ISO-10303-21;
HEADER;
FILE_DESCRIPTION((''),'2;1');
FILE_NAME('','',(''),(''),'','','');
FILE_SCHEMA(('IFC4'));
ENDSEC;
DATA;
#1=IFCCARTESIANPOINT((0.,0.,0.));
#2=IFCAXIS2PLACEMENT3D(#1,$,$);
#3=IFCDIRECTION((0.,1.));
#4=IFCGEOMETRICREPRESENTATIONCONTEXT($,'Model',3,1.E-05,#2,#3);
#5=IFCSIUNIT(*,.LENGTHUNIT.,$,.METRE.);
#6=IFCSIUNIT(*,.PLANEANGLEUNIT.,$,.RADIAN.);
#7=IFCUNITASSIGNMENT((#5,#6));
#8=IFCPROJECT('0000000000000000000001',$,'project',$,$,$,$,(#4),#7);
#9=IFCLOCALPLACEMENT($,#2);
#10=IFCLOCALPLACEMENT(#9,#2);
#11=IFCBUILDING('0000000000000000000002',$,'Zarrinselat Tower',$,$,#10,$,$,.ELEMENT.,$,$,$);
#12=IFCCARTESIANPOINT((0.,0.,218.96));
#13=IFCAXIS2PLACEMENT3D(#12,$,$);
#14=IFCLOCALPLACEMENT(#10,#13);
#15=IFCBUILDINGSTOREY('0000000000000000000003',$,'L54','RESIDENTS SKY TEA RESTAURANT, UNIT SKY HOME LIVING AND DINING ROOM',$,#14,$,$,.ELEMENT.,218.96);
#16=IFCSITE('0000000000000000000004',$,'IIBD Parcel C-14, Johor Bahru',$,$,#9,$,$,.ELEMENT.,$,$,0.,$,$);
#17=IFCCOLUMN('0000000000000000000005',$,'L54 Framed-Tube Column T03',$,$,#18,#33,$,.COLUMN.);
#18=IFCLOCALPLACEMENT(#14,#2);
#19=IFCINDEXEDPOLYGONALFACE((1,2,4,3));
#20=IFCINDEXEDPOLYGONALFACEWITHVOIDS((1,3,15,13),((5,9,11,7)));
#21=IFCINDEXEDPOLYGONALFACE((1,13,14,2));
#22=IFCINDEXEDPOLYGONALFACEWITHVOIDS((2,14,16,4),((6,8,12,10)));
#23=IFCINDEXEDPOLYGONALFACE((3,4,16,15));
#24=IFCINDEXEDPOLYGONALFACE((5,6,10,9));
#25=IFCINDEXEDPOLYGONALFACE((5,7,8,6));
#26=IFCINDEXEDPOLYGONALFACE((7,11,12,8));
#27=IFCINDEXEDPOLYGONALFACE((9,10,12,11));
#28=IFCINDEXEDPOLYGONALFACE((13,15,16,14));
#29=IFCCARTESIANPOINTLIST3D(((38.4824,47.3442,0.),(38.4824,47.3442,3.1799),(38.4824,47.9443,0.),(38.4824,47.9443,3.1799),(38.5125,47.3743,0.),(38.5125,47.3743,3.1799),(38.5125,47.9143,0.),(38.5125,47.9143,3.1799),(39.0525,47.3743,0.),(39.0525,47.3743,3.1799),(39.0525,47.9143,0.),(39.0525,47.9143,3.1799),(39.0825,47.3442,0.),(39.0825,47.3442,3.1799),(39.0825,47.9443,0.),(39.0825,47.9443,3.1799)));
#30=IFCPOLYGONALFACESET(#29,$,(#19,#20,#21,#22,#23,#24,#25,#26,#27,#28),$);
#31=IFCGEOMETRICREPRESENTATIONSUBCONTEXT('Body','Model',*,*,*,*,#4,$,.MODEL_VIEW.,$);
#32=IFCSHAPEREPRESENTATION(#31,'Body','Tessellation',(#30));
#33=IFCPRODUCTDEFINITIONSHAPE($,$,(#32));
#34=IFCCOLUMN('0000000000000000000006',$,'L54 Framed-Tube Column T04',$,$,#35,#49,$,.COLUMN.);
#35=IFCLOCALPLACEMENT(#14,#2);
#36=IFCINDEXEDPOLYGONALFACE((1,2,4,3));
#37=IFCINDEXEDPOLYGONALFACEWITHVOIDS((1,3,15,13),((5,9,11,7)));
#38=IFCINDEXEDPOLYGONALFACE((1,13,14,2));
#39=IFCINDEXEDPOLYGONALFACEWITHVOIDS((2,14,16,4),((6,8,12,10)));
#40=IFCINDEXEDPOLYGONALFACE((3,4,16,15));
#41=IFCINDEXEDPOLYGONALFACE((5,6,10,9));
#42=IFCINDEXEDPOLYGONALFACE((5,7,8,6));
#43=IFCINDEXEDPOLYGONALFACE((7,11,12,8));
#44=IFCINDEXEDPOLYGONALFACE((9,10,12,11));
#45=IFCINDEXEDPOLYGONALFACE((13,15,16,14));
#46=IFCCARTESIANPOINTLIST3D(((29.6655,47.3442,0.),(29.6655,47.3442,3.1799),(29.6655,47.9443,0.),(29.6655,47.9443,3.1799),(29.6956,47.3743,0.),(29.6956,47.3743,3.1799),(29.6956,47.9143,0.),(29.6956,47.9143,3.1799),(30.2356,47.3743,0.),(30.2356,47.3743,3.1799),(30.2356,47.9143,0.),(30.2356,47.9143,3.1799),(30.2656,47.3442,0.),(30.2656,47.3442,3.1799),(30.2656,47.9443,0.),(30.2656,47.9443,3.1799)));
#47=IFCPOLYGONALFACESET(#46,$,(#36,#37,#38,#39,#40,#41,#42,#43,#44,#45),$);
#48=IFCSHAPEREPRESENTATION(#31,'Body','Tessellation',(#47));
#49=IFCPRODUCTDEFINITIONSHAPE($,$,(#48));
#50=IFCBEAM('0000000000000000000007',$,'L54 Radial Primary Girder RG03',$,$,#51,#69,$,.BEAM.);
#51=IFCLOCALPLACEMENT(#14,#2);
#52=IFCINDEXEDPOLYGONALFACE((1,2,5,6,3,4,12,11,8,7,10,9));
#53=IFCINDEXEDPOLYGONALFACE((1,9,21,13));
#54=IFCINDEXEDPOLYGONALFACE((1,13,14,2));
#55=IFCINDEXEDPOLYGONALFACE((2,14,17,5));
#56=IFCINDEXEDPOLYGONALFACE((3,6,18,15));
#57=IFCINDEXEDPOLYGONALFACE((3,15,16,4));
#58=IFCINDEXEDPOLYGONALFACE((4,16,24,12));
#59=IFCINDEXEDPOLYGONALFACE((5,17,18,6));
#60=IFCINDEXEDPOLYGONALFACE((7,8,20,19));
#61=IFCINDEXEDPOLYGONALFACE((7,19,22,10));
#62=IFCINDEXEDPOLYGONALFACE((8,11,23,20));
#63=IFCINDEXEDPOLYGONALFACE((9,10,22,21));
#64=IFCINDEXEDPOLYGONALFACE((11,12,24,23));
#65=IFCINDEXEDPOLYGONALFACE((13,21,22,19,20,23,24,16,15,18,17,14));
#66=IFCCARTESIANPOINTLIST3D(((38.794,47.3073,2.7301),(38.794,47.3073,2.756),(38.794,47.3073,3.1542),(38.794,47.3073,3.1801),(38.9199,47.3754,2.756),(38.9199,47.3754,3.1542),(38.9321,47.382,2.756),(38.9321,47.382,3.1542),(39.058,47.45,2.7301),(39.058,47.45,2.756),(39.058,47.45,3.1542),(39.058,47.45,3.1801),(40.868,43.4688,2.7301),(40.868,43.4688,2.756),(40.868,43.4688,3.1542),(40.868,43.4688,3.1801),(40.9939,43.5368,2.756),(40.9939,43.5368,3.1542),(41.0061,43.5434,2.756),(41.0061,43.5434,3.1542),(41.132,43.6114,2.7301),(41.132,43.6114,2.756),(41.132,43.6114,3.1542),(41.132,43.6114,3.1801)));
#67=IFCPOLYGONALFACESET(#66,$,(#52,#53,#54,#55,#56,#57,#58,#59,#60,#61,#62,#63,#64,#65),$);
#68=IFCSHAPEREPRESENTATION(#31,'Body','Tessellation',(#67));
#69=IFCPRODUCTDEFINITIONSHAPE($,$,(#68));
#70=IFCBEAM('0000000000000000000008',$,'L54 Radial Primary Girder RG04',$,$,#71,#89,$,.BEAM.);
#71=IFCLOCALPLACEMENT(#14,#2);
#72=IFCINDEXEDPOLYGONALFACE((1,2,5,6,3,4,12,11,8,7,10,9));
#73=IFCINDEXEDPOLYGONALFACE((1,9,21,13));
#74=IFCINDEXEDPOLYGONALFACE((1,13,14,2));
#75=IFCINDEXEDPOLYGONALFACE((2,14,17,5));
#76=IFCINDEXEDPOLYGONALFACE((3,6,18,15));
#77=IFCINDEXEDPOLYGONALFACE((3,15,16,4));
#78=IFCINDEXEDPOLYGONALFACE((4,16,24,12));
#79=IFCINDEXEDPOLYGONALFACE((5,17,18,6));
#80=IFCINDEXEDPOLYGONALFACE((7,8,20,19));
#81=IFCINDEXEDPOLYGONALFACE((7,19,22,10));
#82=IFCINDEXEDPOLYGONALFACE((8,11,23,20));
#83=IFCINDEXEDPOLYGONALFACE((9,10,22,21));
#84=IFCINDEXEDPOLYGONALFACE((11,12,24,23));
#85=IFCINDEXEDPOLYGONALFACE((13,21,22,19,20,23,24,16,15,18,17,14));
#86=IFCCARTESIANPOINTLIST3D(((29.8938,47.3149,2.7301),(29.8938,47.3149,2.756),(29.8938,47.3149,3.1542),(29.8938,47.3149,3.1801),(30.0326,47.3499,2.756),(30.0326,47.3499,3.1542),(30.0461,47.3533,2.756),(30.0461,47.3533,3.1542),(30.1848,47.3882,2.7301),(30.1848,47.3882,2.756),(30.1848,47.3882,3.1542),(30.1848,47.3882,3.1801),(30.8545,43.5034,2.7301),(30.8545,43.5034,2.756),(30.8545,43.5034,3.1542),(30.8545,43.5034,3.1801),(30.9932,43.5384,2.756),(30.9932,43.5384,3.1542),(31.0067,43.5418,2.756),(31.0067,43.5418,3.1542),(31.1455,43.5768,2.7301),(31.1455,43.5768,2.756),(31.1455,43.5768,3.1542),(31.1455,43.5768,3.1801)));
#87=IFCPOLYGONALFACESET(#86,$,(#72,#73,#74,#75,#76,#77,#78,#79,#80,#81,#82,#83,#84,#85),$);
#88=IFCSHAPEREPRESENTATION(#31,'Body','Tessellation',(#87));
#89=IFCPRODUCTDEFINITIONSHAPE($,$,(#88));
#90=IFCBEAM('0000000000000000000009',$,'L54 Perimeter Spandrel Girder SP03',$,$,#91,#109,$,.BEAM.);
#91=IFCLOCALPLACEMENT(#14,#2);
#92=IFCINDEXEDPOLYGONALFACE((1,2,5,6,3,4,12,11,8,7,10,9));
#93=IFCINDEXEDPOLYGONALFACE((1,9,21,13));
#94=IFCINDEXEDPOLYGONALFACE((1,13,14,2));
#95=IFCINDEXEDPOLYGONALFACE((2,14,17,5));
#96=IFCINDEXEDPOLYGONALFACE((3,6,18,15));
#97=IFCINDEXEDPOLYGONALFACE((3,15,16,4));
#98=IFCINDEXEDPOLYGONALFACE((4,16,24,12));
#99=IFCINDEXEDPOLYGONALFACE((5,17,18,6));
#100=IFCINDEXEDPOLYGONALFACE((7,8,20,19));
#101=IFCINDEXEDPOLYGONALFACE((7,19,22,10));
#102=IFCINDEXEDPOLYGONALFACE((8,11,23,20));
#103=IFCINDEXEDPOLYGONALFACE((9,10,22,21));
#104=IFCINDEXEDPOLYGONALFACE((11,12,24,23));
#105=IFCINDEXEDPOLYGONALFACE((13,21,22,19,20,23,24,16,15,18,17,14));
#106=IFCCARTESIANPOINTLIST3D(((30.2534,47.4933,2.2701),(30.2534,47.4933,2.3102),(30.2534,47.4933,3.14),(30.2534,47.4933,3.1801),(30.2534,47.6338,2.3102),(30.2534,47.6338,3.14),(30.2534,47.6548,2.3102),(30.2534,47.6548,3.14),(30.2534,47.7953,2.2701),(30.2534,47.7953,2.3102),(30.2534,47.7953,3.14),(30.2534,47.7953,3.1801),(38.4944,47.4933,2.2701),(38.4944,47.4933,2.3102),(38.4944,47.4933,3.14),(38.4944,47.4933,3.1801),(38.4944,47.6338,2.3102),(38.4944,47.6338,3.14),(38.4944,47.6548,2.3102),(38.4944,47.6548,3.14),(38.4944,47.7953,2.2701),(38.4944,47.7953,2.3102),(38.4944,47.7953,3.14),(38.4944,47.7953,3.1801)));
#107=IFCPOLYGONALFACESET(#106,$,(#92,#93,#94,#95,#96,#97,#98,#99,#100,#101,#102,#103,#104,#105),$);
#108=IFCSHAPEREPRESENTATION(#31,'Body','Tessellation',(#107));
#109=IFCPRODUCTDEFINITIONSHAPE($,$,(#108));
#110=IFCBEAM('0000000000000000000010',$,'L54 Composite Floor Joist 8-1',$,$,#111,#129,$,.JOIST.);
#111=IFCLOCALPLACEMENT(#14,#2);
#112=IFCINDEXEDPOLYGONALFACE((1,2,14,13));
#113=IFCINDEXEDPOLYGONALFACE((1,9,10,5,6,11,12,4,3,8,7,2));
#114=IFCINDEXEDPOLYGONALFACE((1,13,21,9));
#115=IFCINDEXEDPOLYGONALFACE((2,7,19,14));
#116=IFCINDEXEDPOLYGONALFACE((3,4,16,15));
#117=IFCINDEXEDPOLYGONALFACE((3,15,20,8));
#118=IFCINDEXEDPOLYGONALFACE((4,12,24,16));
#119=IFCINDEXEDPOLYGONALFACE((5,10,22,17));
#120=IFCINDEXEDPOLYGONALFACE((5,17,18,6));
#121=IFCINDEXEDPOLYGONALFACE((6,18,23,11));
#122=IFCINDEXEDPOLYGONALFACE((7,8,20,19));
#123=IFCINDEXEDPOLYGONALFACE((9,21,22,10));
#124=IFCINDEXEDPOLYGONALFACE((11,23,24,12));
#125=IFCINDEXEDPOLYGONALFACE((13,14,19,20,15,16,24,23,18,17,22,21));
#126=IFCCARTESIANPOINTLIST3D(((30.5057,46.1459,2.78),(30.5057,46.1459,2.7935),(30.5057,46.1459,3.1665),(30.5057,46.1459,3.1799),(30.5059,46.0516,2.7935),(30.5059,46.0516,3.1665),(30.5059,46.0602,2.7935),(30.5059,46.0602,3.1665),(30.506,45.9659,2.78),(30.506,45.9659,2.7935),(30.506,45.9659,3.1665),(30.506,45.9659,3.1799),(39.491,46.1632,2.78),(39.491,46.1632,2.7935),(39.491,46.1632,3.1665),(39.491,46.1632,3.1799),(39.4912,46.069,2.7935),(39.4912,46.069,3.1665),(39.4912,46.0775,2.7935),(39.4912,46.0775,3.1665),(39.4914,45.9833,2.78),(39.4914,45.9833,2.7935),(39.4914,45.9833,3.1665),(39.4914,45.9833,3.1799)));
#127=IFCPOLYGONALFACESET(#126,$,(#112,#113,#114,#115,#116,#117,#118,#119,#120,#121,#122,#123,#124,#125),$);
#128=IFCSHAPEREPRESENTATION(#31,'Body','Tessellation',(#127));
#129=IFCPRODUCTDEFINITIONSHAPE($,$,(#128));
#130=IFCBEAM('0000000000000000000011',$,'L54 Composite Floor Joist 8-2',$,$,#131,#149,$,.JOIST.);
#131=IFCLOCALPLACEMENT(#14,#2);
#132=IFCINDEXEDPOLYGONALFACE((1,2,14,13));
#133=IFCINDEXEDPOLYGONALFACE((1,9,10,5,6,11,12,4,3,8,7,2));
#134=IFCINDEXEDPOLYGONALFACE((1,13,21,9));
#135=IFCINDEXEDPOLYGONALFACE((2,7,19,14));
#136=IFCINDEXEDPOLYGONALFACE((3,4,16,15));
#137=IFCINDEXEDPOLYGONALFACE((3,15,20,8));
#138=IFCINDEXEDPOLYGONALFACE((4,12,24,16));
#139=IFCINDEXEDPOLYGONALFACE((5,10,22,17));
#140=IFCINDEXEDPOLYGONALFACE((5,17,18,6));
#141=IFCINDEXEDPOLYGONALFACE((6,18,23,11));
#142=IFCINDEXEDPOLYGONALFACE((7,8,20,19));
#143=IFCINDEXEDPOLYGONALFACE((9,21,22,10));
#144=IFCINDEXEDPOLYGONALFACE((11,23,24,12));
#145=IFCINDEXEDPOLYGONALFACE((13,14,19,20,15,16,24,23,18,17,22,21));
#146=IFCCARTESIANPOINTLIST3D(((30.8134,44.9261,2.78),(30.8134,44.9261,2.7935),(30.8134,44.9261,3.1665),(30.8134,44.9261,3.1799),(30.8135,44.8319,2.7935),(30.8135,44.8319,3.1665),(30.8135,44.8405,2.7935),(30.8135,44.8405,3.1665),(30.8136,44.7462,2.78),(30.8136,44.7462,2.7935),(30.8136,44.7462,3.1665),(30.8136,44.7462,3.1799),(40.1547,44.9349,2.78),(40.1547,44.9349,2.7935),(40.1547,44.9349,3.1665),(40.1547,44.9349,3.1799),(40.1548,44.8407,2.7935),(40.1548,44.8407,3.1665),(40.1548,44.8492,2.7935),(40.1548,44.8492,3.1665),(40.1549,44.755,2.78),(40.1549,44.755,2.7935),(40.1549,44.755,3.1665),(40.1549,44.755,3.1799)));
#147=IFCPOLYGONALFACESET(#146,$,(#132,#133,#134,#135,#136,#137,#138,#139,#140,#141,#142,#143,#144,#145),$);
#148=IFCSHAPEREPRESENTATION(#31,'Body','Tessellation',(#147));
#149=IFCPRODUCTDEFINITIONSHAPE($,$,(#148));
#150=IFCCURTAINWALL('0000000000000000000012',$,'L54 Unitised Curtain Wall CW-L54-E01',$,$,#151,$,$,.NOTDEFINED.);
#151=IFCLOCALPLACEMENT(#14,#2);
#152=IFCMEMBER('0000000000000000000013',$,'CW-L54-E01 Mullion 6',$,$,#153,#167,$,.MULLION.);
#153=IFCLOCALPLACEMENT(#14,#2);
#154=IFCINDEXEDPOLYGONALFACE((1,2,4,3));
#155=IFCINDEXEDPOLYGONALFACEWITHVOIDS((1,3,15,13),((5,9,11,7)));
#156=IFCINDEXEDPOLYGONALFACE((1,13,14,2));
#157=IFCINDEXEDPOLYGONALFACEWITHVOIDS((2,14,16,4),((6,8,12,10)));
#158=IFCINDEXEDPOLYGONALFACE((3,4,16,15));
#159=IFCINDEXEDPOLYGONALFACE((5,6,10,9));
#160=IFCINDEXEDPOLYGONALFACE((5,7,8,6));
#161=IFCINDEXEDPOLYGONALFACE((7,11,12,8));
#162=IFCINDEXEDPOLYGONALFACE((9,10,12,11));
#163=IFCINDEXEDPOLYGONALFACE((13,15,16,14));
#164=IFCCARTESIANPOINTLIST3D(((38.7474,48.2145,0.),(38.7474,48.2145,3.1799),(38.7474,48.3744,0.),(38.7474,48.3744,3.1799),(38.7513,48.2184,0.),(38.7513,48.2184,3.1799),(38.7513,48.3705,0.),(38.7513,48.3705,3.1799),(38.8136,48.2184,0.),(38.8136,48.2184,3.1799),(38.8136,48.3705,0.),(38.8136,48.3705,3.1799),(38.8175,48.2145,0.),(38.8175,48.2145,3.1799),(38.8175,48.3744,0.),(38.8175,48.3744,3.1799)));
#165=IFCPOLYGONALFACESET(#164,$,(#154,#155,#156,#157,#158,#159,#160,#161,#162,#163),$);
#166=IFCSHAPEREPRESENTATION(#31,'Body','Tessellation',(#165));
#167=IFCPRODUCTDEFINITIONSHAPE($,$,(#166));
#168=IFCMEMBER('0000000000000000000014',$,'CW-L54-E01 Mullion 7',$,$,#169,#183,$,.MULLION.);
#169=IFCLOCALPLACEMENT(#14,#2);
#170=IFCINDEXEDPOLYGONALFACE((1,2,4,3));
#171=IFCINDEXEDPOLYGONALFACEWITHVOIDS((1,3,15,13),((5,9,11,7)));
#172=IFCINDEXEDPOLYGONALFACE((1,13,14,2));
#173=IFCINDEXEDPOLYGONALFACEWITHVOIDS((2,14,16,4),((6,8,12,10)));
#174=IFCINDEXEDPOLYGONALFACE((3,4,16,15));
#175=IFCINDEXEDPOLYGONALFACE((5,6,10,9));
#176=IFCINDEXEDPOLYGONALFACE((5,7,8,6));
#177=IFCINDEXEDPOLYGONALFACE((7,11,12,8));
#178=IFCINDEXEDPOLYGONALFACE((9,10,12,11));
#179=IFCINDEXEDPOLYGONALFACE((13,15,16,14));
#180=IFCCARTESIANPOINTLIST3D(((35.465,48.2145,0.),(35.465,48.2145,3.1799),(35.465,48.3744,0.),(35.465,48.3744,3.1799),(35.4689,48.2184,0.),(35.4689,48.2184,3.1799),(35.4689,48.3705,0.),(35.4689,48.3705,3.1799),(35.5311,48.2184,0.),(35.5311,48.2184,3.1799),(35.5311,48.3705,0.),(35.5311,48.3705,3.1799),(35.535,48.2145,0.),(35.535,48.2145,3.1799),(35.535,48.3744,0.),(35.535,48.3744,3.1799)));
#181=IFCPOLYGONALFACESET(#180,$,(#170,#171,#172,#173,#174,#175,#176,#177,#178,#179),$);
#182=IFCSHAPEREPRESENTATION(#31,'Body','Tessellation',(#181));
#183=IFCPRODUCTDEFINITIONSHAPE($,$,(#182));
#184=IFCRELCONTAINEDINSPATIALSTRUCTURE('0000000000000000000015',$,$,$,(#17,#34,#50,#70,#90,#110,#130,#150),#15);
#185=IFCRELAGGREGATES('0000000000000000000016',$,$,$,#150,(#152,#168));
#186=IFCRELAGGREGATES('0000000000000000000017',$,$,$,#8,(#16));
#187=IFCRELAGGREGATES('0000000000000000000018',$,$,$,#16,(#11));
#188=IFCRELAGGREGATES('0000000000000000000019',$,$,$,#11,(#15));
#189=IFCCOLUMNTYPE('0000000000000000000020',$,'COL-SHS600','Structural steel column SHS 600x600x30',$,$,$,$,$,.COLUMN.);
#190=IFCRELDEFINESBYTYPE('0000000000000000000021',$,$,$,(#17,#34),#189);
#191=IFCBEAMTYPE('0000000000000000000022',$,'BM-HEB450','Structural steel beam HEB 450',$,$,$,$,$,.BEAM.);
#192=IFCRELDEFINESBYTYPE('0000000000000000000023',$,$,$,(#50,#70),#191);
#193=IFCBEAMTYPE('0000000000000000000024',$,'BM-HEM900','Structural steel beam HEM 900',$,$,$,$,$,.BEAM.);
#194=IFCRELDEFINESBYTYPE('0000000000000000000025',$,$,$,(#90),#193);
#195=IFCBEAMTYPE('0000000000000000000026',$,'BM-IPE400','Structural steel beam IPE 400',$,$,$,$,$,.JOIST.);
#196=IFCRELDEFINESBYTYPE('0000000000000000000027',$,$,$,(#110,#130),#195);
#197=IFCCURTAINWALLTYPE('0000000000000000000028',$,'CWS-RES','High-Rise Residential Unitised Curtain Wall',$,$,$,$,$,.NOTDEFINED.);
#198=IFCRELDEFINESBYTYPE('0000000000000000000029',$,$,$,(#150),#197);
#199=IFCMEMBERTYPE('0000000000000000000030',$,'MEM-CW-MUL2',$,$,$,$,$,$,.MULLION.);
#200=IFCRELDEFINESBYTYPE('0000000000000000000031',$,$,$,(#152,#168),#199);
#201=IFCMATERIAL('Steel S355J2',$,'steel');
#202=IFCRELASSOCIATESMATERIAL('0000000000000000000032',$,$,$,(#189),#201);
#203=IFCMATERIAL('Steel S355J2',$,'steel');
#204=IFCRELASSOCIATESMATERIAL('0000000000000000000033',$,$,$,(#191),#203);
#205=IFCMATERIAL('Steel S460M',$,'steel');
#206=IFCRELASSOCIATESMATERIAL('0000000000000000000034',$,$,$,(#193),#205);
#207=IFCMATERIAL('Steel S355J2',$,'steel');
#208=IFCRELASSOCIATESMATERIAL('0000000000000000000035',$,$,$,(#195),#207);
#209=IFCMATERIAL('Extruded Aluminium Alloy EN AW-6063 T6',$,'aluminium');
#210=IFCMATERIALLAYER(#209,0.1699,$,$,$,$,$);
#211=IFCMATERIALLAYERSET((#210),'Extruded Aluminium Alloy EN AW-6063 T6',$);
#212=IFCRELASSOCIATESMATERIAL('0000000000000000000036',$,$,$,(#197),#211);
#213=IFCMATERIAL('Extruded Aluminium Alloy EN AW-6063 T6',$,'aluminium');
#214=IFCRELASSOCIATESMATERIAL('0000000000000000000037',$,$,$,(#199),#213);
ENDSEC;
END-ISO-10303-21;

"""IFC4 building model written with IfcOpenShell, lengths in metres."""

from ifc_helpers import new_model, si_unit, direction, frame, origin, origin_2d, place, context, subcontext, project, spatial, hollow_rectangle, i_section, extrude, material, layer, layer_set, material_profile, profile_set, type_object, element, aggregate, save


model = new_model("IFC4")

# Units and contexts
model_context = context("Model", 3, precision=1e-05, world=origin(), true_north=direction((0.0, 1.0)))
body_context = subcontext(model_context, "Body", "Model", "MODEL_VIEW")
ifc_project = project(units=[si_unit("LENGTHUNIT", "METRE"), si_unit("PLANEANGLEUNIT", "RADIAN")], contexts=[model_context])

# Site, building, storey
site_placement = place(None, origin())
site = spatial("IfcSite", under=ifc_project, at=site_placement, Name="IIBD Parcel C-14, Johor Bahru", CompositionType="ELEMENT", RefElevation=0.0)
building_placement = place(site_placement, origin())
building = spatial("IfcBuilding", under=site, at=building_placement, Name="Zarrinselat Tower", CompositionType="ELEMENT")
storey_placement = place(building_placement, frame((0.0, 0.0, 218.96)))
storey = spatial("IfcBuildingStorey", under=building, at=storey_placement, Name="L54", Description="RESIDENTS SKY TEA RESTAURANT, UNIT SKY HOME LIVING AND DINING ROOM", CompositionType="ELEMENT", Elevation=218.96)

# Columns
ifc_material_1 = material(Name="Steel S355J2", Category="steel")
ifc_material_profile_1 = material_profile(ifc_material_1, hollow_rectangle(XDim=0.6001, YDim=0.6001, WallThickness=0.03, at=origin_2d()), Name="SHS 600x600x30")
ifc_profile_set_1 = profile_set([ifc_material_profile_1], Name="Steel S355J2")
column_type = type_object("IfcColumnType", Name="COL-SHS600", Description="Structural steel column SHS 600x600x30", PredefinedType="COLUMN", material=ifc_profile_set_1)
for number, where, z_axis, x_axis, name in (
    (1, (38.7825, 47.6443, 0.0), (0.0, 0.0, 1.0), (1.0, 0.0, 0.0), "L54 Framed-Tube Column T03"),
    (2, (29.9656, 47.6443, 0.0), (0.0, 0.0, 1.0), (1.0, 0.0, 0.0), "L54 Framed-Tube Column T04"),
):
    element("IfcColumn", number, at=place(storey_placement, frame(where, z_axis=z_axis, x_axis=x_axis)), inside=storey, type_object=column_type, Name=name, PredefinedType="COLUMN", context=body_context, shape_type="SweptSolid", body=[
        extrude(hollow_rectangle(XDim=0.6001, YDim=0.6001, WallThickness=0.03, at=origin_2d()), origin(), (0.0, 0.0, 1.0), 3.1799),
    ])

# Beams
ifc_material_2 = material(Name="Steel S355J2", Category="steel")
ifc_material_profile_2 = material_profile(ifc_material_2, i_section(OverallWidth=0.3, OverallDepth=0.45, WebThickness=0.0139, FlangeThickness=0.0259, at=origin_2d()), Name="HEB 450")
ifc_profile_set_2 = profile_set([ifc_material_profile_2], Name="Steel S355J2")
beam_type_1 = type_object("IfcBeamType", Name="BM-HEB450", Description="Structural steel beam HEB 450", PredefinedType="BEAM", material=ifc_profile_set_2)
beam_1_placement = place(storey_placement, frame((38.926, 47.3787, 2.9551), z_axis=(0.475347, -0.879798, 0.0), x_axis=(0.879798, 0.475347, 0.0)))
element("IfcBeam", 3, at=beam_1_placement, inside=storey, type_object=beam_type_1, Name="L54 Radial Primary Girder RG03", PredefinedType="BEAM", context=body_context, shape_type="SweptSolid", body=[
    extrude(i_section(OverallWidth=0.3, OverallDepth=0.45, WebThickness=0.0139, FlangeThickness=0.0259, at=origin_2d()), origin(), (0.0, 0.0, 1.0), 4.363),
])
beam_2_placement = place(storey_placement, frame((30.0393, 47.3516, 2.9551), z_axis=(0.244406, -0.969673, 0.0), x_axis=(0.969673, 0.244406, 0.0)))
element("IfcBeam", 4, at=beam_2_placement, inside=storey, type_object=beam_type_1, Name="L54 Radial Primary Girder RG04", PredefinedType="BEAM", context=body_context, shape_type="SweptSolid", body=[
    extrude(i_section(OverallWidth=0.3, OverallDepth=0.45, WebThickness=0.0139, FlangeThickness=0.0259, at=origin_2d()), origin(), (0.0, 0.0, 1.0), 3.9307),
])
ifc_material_3 = material(Name="Steel S460M", Category="steel")
ifc_material_profile_3 = material_profile(ifc_material_3, i_section(OverallWidth=0.302, OverallDepth=0.9099, WebThickness=0.021, FlangeThickness=0.04, at=origin_2d()), Name="HEM 900")
ifc_profile_set_3 = profile_set([ifc_material_profile_3], Name="Steel S460M")
beam_type_2 = type_object("IfcBeamType", Name="BM-HEM900", Description="Structural steel beam HEM 900", PredefinedType="BEAM", material=ifc_profile_set_3)
beam_3_placement = place(storey_placement, frame((30.2534, 47.6443, 2.7251), z_axis=(1.0, 0.0, 0.0), x_axis=(0.0, 1.0, 0.0)))
element("IfcBeam", 5, at=beam_3_placement, inside=storey, type_object=beam_type_2, Name="L54 Perimeter Spandrel Girder SP03", PredefinedType="BEAM", context=body_context, shape_type="SweptSolid", body=[
    extrude(i_section(OverallWidth=0.302, OverallDepth=0.9099, WebThickness=0.021, FlangeThickness=0.04, at=origin_2d()), origin(), (0.0, 0.0, 1.0), 8.241),
])
ifc_material_4 = material(Name="Steel S355J2", Category="steel")
ifc_material_profile_4 = material_profile(ifc_material_4, i_section(OverallWidth=0.1799, OverallDepth=0.3999, WebThickness=0.0085, FlangeThickness=0.0134, at=origin_2d()), Name="IPE 400")
ifc_profile_set_4 = profile_set([ifc_material_profile_4], Name="Steel S355J2")
beam_type_3 = type_object("IfcBeamType", Name="BM-IPE400", Description="Structural steel beam IPE 400", PredefinedType="JOIST", material=ifc_profile_set_4)
beam_4_placement = place(storey_placement, frame((30.5059, 46.0559, 2.98), z_axis=(0.999998, 0.001929, 0.0), x_axis=(-0.001929, 0.999998, 0.0)))
element("IfcBeam", 6, at=beam_4_placement, inside=storey, type_object=beam_type_3, Name="L54 Composite Floor Joist 8-1", PredefinedType="JOIST", context=body_context, shape_type="SweptSolid", body=[
    extrude(i_section(OverallWidth=0.1799, OverallDepth=0.3999, WebThickness=0.0085, FlangeThickness=0.0134, at=origin_2d()), origin(), (0.0, 0.0, 1.0), 8.9854),
])
beam_5_placement = place(storey_placement, frame((30.8135, 44.8362, 2.98), z_axis=(1.0, 0.000941, 0.0), x_axis=(-0.000941, 1.0, 0.0)))
element("IfcBeam", 7, at=beam_5_placement, inside=storey, type_object=beam_type_3, Name="L54 Composite Floor Joist 8-2", PredefinedType="JOIST", context=body_context, shape_type="SweptSolid", body=[
    extrude(i_section(OverallWidth=0.1799, OverallDepth=0.3999, WebThickness=0.0085, FlangeThickness=0.0134, at=origin_2d()), origin(), (0.0, 0.0, 1.0), 9.3413),
])

# Curtain wall, members
ifc_material_5 = material(Name="Extruded Aluminium Alloy EN AW-6063 T6", Category="aluminium")
ifc_layer_1 = layer(ifc_material_5, 0.1699)
ifc_layer_set_1 = layer_set([ifc_layer_1], Name="Extruded Aluminium Alloy EN AW-6063 T6")
curtain_wall_type = type_object("IfcCurtainWallType", Name="CWS-RES", Description="High-Rise Residential Unitised Curtain Wall", PredefinedType="NOTDEFINED", material=ifc_layer_set_1)
curtain_wall_placement = place(storey_placement, origin())
curtain_wall = element("IfcCurtainWall", 8, at=curtain_wall_placement, inside=storey, type_object=curtain_wall_type, Name="L54 Unitised Curtain Wall CW-L54-E01", PredefinedType="NOTDEFINED")
ifc_material_6 = material(Name="Extruded Aluminium Alloy EN AW-6063 T6", Category="aluminium")
ifc_material_profile_5 = material_profile(ifc_material_6, hollow_rectangle(XDim=0.0701, YDim=0.1599, WallThickness=0.0039, at=origin_2d()), Name="RHS 160x70x4")
ifc_profile_set_5 = profile_set([ifc_material_profile_5], Name="Extruded Aluminium Alloy EN AW-6063 T6")
member_type_1 = type_object("IfcMemberType", Name="MEM-CW-MUL2", PredefinedType="MULLION", material=ifc_profile_set_5)
member_1_placement = place(storey_placement, frame((38.7825, 48.2944, 0.0), z_axis=(0.0, 0.0, 1.0), x_axis=(-1.0, 0.0, 0.0)))
member_1 = element("IfcMember", 9, at=member_1_placement, type_object=member_type_1, Name="CW-L54-E01 Mullion 6", PredefinedType="MULLION", context=body_context, shape_type="SweptSolid", body=[
    extrude(hollow_rectangle(XDim=0.0701, YDim=0.1599, WallThickness=0.0039, at=origin_2d()), origin(), (0.0, 0.0, 1.0), 3.1799),
])
member_2_placement = place(storey_placement, frame((35.5, 48.2944, 0.0), z_axis=(0.0, 0.0, 1.0), x_axis=(-1.0, 0.0, 0.0)))
member_2 = element("IfcMember", 10, at=member_2_placement, type_object=member_type_1, Name="CW-L54-E01 Mullion 7", PredefinedType="MULLION", context=body_context, shape_type="SweptSolid", body=[
    extrude(hollow_rectangle(XDim=0.0701, YDim=0.1599, WallThickness=0.0039, at=origin_2d()), origin(), (0.0, 0.0, 1.0), 3.1799),
])
aggregate(curtain_wall, [member_1, member_2])

save(model, "model.ifc")
